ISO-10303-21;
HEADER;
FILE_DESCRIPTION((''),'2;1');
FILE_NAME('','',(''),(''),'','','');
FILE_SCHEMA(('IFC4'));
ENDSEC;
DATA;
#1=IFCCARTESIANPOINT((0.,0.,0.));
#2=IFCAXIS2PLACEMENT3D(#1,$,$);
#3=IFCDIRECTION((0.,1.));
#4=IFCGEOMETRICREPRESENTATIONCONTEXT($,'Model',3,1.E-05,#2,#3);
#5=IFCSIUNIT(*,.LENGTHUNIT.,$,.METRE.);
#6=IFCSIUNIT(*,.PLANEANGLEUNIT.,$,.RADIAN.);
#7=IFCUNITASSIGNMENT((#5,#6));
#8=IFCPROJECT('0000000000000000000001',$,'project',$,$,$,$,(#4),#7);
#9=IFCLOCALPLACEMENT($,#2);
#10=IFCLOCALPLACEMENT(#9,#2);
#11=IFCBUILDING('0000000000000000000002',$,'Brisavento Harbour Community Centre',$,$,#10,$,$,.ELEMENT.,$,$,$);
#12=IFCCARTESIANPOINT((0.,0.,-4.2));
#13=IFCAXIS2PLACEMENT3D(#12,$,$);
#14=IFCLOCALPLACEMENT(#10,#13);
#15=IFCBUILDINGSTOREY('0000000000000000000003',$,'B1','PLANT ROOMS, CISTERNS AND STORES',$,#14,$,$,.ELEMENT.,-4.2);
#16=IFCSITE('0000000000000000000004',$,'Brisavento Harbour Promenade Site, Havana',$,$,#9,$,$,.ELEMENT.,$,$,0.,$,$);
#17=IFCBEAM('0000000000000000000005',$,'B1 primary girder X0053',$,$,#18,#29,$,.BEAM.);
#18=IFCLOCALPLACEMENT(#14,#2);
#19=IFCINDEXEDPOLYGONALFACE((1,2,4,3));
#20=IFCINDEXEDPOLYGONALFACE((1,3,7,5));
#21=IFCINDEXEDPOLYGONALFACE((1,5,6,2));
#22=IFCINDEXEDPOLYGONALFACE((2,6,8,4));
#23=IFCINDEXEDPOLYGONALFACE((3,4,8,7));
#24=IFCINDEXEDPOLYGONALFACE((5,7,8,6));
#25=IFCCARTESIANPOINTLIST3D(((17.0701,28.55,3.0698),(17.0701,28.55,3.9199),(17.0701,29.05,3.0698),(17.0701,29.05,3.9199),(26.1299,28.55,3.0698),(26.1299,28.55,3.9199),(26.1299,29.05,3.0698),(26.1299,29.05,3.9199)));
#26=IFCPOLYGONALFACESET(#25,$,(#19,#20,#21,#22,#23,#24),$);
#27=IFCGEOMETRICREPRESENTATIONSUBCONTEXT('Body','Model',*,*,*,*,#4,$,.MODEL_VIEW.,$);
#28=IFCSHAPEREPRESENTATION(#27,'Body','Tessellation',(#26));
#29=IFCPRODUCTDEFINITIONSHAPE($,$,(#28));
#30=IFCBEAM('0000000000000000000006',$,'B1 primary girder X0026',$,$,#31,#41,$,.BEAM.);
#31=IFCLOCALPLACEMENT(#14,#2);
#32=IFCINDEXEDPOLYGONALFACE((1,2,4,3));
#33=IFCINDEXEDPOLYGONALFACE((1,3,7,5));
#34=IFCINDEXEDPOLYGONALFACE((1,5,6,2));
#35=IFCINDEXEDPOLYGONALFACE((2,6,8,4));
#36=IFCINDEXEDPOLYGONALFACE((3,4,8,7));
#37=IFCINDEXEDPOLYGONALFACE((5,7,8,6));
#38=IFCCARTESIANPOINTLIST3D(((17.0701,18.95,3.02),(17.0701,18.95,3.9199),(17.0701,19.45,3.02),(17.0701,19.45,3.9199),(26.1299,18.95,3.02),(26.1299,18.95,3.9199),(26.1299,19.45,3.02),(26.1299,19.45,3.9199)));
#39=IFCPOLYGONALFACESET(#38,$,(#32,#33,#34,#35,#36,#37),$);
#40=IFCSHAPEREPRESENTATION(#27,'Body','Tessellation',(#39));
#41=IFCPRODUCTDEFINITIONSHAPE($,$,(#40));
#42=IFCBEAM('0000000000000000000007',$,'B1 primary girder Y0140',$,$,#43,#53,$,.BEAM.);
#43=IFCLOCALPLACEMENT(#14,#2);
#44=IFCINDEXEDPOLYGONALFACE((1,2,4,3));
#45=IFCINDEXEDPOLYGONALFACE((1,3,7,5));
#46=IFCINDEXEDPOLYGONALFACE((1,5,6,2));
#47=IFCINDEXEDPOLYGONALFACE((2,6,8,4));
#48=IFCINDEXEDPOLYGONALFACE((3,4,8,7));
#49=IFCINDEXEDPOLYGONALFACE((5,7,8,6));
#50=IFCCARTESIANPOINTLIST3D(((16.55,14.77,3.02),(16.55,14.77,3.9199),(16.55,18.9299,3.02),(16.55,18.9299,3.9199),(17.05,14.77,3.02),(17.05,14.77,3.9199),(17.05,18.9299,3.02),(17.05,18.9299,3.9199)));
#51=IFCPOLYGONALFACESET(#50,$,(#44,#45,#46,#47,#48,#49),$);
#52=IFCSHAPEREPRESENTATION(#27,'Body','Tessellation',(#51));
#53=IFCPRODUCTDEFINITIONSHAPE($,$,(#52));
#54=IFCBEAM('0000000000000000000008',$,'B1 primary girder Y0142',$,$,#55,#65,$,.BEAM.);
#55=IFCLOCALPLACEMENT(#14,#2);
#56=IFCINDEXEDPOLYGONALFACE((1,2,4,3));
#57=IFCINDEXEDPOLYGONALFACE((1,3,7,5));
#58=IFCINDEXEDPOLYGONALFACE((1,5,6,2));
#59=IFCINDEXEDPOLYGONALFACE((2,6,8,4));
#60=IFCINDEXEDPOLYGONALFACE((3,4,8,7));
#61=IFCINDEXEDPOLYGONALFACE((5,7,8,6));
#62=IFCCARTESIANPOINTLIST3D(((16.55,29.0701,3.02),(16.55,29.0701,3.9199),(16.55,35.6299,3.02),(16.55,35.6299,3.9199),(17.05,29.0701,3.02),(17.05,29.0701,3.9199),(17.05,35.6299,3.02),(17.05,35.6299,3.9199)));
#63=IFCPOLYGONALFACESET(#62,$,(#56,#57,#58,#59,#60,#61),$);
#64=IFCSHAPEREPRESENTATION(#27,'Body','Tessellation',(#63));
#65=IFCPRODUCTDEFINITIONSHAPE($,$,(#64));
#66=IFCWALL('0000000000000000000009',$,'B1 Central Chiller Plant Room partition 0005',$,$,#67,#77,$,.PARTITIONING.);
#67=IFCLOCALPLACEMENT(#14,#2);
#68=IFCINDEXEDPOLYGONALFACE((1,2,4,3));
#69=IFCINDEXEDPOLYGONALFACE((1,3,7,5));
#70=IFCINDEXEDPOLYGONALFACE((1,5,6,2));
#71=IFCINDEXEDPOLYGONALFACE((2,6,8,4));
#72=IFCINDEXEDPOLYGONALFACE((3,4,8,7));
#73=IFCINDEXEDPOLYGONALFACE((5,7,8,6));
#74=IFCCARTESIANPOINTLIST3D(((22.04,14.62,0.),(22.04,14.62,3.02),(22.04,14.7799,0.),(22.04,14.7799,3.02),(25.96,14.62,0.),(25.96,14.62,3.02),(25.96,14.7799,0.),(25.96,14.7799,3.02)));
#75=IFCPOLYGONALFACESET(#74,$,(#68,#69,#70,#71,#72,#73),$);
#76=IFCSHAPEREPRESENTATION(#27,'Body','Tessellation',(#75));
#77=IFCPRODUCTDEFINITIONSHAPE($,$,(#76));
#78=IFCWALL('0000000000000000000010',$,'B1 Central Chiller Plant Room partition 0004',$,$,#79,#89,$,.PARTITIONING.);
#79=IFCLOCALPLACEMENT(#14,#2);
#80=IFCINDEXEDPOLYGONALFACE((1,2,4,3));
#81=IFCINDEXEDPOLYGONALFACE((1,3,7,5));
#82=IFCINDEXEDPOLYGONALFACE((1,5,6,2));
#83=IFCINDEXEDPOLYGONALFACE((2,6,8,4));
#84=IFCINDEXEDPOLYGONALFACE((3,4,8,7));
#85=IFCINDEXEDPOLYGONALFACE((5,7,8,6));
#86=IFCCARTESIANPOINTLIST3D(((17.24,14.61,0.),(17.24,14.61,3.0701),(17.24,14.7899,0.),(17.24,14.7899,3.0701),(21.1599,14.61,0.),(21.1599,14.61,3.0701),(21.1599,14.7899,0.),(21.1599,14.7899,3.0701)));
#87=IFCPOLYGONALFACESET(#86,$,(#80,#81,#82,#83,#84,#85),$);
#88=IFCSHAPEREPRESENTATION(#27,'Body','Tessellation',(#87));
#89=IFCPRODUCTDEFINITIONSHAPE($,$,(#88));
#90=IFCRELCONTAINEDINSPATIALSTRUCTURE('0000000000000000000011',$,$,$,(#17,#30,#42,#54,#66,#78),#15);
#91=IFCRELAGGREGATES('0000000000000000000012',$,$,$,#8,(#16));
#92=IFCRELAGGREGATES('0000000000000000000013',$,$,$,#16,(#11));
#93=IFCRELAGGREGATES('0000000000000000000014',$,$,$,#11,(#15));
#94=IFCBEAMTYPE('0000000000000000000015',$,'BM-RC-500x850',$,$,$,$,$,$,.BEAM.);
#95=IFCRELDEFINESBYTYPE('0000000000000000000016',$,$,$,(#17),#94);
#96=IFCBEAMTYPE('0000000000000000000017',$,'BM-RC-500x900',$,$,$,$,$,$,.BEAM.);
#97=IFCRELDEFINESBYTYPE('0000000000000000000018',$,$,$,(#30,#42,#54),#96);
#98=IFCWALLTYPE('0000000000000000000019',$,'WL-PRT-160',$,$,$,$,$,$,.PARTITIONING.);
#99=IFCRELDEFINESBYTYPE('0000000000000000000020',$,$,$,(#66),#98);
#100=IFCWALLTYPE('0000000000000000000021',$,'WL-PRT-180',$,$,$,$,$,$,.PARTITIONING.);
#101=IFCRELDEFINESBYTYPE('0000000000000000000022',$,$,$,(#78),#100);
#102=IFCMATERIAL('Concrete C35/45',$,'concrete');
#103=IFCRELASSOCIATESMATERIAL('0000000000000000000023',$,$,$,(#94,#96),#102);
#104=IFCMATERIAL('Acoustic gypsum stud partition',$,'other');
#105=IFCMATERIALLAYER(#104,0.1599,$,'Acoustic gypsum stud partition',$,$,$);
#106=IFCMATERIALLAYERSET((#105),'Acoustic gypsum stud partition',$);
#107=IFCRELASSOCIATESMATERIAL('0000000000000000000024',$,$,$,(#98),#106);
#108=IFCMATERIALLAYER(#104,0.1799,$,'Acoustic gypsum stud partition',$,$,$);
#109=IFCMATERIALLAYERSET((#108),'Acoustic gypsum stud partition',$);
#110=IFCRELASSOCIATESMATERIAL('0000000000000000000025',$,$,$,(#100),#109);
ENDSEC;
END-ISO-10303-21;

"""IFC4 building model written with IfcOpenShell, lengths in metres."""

from ifc_helpers import new_model, si_unit, direction, frame, frame_2d, origin, origin_2d, place, context, subcontext, project, spatial, rectangle, extrude, material, layer, layer_set, material_profile, profile_set, type_object, element, save


model = new_model("IFC4")

# Units and contexts
model_context = context("Model", 3, precision=1e-05, world=origin(), true_north=direction((0.0, 1.0)))
body_context = subcontext(model_context, "Body", "Model", "MODEL_VIEW")
ifc_project = project(units=[si_unit("LENGTHUNIT", "METRE"), si_unit("PLANEANGLEUNIT", "RADIAN")], contexts=[model_context])

# Site, building, storey
site_placement = place(None, origin())
site = spatial("IfcSite", under=ifc_project, at=site_placement, Name="Brisavento Harbour Promenade Site, Havana", CompositionType="ELEMENT", RefElevation=0.0)
building_placement = place(site_placement, origin())
building = spatial("IfcBuilding", under=site, at=building_placement, Name="Brisavento Harbour Community Centre", CompositionType="ELEMENT")
storey_placement = place(building_placement, frame((0.0, 0.0, -4.2)))
storey = spatial("IfcBuildingStorey", under=building, at=storey_placement, Name="B1", Description="PLANT ROOMS, CISTERNS AND STORES", CompositionType="ELEMENT", Elevation=-4.2)

# Shared definitions
ifc_material_1 = material(Name="Concrete C35/45", Category="concrete")

# Beams
ifc_material_profile_1 = material_profile(ifc_material_1, rectangle(XDim=0.5, YDim=0.8501, at=origin_2d()), Name="Concrete C35/45")
ifc_profile_set_1 = profile_set([ifc_material_profile_1], Name="Concrete C35/45")
beam_type_1 = type_object("IfcBeamType", Name="BM-RC-500x850", PredefinedType="BEAM", material=ifc_profile_set_1)
beam_1_placement = place(storey_placement, frame((17.0701, 28.8, 3.4949), z_axis=(1.0, 0.0, 0.0), x_axis=(0.0, 1.0, 0.0)))
element("IfcBeam", 1, at=beam_1_placement, inside=storey, type_object=beam_type_1, Name="B1 primary girder X0053", PredefinedType="BEAM", context=body_context, shape_type="SweptSolid", body=[
    extrude(rectangle(XDim=0.5, YDim=0.8501, at=origin_2d()), origin(), (0.0, 0.0, 1.0), 9.0598),
])
ifc_material_profile_2 = material_profile(ifc_material_1, rectangle(XDim=0.5, YDim=0.8999, at=origin_2d()), Name="Concrete C35/45")
ifc_profile_set_2 = profile_set([ifc_material_profile_2], Name="Concrete C35/45")
beam_type_2 = type_object("IfcBeamType", Name="BM-RC-500x900", PredefinedType="BEAM", material=ifc_profile_set_2)
beam_2_placement = place(storey_placement, frame((17.0701, 19.2, 3.47), z_axis=(1.0, 0.0, 0.0), x_axis=(0.0, 1.0, 0.0)))
element("IfcBeam", 2, at=beam_2_placement, inside=storey, type_object=beam_type_2, Name="B1 primary girder X0026", PredefinedType="BEAM", context=body_context, shape_type="SweptSolid", body=[
    extrude(rectangle(XDim=0.5, YDim=0.8999, at=origin_2d()), origin(), (0.0, 0.0, 1.0), 9.0598),
])
beam_3_placement = place(storey_placement, frame((16.8, 14.77, 3.47), z_axis=(0.0, 1.0, 0.0), x_axis=(-1.0, 0.0, 0.0)))
element("IfcBeam", 3, at=beam_3_placement, inside=storey, type_object=beam_type_2, Name="B1 primary girder Y0140", PredefinedType="BEAM", context=body_context, shape_type="SweptSolid", body=[
    extrude(rectangle(XDim=0.5, YDim=0.8999, at=origin_2d()), origin(), (0.0, 0.0, 1.0), 4.1599),
])
beam_4_placement = place(storey_placement, frame((16.8, 29.0701, 3.47), z_axis=(0.0, 1.0, 0.0), x_axis=(-1.0, 0.0, 0.0)))
element("IfcBeam", 4, at=beam_4_placement, inside=storey, type_object=beam_type_2, Name="B1 primary girder Y0142", PredefinedType="BEAM", context=body_context, shape_type="SweptSolid", body=[
    extrude(rectangle(XDim=0.5, YDim=0.8999, at=origin_2d()), origin(), (0.0, 0.0, 1.0), 6.5598),
])

# Walls
ifc_material_2 = material(Name="Acoustic gypsum stud partition", Category="other")
ifc_layer_1 = layer(ifc_material_2, 0.1599, Name="Acoustic gypsum stud partition")
ifc_layer_set_1 = layer_set([ifc_layer_1], Name="Acoustic gypsum stud partition")
wall_type_1 = type_object("IfcWallType", Name="WL-PRT-160", PredefinedType="PARTITIONING", material=ifc_layer_set_1)
wall_1_placement = place(storey_placement, frame((22.04, 14.7, 0.0), z_axis=(0.0, 0.0, 1.0), x_axis=(1.0, 0.0, 0.0)))
element("IfcWall", 5, at=wall_1_placement, inside=storey, type_object=wall_type_1, Name="B1 Central Chiller Plant Room partition 0005", PredefinedType="PARTITIONING", context=body_context, shape_type="SweptSolid", body=[
    extrude(rectangle(XDim=3.9199, YDim=0.1599, at=frame_2d((1.96, 0.0))), origin(), (0.0, 0.0, 1.0), 3.02),
])
ifc_layer_2 = layer(ifc_material_2, 0.1799, Name="Acoustic gypsum stud partition")
ifc_layer_set_2 = layer_set([ifc_layer_2], Name="Acoustic gypsum stud partition")
wall_type_2 = type_object("IfcWallType", Name="WL-PRT-180", PredefinedType="PARTITIONING", material=ifc_layer_set_2)
wall_2_placement = place(storey_placement, frame((17.24, 14.7, 0.0), z_axis=(0.0, 0.0, 1.0), x_axis=(1.0, 0.0, 0.0)))
element("IfcWall", 6, at=wall_2_placement, inside=storey, type_object=wall_type_2, Name="B1 Central Chiller Plant Room partition 0004", PredefinedType="PARTITIONING", context=body_context, shape_type="SweptSolid", body=[
    extrude(rectangle(XDim=3.9199, YDim=0.1799, at=frame_2d((1.96, 0.0))), origin(), (0.0, 0.0, 1.0), 3.0701),
])

save(model, "model.ifc")
